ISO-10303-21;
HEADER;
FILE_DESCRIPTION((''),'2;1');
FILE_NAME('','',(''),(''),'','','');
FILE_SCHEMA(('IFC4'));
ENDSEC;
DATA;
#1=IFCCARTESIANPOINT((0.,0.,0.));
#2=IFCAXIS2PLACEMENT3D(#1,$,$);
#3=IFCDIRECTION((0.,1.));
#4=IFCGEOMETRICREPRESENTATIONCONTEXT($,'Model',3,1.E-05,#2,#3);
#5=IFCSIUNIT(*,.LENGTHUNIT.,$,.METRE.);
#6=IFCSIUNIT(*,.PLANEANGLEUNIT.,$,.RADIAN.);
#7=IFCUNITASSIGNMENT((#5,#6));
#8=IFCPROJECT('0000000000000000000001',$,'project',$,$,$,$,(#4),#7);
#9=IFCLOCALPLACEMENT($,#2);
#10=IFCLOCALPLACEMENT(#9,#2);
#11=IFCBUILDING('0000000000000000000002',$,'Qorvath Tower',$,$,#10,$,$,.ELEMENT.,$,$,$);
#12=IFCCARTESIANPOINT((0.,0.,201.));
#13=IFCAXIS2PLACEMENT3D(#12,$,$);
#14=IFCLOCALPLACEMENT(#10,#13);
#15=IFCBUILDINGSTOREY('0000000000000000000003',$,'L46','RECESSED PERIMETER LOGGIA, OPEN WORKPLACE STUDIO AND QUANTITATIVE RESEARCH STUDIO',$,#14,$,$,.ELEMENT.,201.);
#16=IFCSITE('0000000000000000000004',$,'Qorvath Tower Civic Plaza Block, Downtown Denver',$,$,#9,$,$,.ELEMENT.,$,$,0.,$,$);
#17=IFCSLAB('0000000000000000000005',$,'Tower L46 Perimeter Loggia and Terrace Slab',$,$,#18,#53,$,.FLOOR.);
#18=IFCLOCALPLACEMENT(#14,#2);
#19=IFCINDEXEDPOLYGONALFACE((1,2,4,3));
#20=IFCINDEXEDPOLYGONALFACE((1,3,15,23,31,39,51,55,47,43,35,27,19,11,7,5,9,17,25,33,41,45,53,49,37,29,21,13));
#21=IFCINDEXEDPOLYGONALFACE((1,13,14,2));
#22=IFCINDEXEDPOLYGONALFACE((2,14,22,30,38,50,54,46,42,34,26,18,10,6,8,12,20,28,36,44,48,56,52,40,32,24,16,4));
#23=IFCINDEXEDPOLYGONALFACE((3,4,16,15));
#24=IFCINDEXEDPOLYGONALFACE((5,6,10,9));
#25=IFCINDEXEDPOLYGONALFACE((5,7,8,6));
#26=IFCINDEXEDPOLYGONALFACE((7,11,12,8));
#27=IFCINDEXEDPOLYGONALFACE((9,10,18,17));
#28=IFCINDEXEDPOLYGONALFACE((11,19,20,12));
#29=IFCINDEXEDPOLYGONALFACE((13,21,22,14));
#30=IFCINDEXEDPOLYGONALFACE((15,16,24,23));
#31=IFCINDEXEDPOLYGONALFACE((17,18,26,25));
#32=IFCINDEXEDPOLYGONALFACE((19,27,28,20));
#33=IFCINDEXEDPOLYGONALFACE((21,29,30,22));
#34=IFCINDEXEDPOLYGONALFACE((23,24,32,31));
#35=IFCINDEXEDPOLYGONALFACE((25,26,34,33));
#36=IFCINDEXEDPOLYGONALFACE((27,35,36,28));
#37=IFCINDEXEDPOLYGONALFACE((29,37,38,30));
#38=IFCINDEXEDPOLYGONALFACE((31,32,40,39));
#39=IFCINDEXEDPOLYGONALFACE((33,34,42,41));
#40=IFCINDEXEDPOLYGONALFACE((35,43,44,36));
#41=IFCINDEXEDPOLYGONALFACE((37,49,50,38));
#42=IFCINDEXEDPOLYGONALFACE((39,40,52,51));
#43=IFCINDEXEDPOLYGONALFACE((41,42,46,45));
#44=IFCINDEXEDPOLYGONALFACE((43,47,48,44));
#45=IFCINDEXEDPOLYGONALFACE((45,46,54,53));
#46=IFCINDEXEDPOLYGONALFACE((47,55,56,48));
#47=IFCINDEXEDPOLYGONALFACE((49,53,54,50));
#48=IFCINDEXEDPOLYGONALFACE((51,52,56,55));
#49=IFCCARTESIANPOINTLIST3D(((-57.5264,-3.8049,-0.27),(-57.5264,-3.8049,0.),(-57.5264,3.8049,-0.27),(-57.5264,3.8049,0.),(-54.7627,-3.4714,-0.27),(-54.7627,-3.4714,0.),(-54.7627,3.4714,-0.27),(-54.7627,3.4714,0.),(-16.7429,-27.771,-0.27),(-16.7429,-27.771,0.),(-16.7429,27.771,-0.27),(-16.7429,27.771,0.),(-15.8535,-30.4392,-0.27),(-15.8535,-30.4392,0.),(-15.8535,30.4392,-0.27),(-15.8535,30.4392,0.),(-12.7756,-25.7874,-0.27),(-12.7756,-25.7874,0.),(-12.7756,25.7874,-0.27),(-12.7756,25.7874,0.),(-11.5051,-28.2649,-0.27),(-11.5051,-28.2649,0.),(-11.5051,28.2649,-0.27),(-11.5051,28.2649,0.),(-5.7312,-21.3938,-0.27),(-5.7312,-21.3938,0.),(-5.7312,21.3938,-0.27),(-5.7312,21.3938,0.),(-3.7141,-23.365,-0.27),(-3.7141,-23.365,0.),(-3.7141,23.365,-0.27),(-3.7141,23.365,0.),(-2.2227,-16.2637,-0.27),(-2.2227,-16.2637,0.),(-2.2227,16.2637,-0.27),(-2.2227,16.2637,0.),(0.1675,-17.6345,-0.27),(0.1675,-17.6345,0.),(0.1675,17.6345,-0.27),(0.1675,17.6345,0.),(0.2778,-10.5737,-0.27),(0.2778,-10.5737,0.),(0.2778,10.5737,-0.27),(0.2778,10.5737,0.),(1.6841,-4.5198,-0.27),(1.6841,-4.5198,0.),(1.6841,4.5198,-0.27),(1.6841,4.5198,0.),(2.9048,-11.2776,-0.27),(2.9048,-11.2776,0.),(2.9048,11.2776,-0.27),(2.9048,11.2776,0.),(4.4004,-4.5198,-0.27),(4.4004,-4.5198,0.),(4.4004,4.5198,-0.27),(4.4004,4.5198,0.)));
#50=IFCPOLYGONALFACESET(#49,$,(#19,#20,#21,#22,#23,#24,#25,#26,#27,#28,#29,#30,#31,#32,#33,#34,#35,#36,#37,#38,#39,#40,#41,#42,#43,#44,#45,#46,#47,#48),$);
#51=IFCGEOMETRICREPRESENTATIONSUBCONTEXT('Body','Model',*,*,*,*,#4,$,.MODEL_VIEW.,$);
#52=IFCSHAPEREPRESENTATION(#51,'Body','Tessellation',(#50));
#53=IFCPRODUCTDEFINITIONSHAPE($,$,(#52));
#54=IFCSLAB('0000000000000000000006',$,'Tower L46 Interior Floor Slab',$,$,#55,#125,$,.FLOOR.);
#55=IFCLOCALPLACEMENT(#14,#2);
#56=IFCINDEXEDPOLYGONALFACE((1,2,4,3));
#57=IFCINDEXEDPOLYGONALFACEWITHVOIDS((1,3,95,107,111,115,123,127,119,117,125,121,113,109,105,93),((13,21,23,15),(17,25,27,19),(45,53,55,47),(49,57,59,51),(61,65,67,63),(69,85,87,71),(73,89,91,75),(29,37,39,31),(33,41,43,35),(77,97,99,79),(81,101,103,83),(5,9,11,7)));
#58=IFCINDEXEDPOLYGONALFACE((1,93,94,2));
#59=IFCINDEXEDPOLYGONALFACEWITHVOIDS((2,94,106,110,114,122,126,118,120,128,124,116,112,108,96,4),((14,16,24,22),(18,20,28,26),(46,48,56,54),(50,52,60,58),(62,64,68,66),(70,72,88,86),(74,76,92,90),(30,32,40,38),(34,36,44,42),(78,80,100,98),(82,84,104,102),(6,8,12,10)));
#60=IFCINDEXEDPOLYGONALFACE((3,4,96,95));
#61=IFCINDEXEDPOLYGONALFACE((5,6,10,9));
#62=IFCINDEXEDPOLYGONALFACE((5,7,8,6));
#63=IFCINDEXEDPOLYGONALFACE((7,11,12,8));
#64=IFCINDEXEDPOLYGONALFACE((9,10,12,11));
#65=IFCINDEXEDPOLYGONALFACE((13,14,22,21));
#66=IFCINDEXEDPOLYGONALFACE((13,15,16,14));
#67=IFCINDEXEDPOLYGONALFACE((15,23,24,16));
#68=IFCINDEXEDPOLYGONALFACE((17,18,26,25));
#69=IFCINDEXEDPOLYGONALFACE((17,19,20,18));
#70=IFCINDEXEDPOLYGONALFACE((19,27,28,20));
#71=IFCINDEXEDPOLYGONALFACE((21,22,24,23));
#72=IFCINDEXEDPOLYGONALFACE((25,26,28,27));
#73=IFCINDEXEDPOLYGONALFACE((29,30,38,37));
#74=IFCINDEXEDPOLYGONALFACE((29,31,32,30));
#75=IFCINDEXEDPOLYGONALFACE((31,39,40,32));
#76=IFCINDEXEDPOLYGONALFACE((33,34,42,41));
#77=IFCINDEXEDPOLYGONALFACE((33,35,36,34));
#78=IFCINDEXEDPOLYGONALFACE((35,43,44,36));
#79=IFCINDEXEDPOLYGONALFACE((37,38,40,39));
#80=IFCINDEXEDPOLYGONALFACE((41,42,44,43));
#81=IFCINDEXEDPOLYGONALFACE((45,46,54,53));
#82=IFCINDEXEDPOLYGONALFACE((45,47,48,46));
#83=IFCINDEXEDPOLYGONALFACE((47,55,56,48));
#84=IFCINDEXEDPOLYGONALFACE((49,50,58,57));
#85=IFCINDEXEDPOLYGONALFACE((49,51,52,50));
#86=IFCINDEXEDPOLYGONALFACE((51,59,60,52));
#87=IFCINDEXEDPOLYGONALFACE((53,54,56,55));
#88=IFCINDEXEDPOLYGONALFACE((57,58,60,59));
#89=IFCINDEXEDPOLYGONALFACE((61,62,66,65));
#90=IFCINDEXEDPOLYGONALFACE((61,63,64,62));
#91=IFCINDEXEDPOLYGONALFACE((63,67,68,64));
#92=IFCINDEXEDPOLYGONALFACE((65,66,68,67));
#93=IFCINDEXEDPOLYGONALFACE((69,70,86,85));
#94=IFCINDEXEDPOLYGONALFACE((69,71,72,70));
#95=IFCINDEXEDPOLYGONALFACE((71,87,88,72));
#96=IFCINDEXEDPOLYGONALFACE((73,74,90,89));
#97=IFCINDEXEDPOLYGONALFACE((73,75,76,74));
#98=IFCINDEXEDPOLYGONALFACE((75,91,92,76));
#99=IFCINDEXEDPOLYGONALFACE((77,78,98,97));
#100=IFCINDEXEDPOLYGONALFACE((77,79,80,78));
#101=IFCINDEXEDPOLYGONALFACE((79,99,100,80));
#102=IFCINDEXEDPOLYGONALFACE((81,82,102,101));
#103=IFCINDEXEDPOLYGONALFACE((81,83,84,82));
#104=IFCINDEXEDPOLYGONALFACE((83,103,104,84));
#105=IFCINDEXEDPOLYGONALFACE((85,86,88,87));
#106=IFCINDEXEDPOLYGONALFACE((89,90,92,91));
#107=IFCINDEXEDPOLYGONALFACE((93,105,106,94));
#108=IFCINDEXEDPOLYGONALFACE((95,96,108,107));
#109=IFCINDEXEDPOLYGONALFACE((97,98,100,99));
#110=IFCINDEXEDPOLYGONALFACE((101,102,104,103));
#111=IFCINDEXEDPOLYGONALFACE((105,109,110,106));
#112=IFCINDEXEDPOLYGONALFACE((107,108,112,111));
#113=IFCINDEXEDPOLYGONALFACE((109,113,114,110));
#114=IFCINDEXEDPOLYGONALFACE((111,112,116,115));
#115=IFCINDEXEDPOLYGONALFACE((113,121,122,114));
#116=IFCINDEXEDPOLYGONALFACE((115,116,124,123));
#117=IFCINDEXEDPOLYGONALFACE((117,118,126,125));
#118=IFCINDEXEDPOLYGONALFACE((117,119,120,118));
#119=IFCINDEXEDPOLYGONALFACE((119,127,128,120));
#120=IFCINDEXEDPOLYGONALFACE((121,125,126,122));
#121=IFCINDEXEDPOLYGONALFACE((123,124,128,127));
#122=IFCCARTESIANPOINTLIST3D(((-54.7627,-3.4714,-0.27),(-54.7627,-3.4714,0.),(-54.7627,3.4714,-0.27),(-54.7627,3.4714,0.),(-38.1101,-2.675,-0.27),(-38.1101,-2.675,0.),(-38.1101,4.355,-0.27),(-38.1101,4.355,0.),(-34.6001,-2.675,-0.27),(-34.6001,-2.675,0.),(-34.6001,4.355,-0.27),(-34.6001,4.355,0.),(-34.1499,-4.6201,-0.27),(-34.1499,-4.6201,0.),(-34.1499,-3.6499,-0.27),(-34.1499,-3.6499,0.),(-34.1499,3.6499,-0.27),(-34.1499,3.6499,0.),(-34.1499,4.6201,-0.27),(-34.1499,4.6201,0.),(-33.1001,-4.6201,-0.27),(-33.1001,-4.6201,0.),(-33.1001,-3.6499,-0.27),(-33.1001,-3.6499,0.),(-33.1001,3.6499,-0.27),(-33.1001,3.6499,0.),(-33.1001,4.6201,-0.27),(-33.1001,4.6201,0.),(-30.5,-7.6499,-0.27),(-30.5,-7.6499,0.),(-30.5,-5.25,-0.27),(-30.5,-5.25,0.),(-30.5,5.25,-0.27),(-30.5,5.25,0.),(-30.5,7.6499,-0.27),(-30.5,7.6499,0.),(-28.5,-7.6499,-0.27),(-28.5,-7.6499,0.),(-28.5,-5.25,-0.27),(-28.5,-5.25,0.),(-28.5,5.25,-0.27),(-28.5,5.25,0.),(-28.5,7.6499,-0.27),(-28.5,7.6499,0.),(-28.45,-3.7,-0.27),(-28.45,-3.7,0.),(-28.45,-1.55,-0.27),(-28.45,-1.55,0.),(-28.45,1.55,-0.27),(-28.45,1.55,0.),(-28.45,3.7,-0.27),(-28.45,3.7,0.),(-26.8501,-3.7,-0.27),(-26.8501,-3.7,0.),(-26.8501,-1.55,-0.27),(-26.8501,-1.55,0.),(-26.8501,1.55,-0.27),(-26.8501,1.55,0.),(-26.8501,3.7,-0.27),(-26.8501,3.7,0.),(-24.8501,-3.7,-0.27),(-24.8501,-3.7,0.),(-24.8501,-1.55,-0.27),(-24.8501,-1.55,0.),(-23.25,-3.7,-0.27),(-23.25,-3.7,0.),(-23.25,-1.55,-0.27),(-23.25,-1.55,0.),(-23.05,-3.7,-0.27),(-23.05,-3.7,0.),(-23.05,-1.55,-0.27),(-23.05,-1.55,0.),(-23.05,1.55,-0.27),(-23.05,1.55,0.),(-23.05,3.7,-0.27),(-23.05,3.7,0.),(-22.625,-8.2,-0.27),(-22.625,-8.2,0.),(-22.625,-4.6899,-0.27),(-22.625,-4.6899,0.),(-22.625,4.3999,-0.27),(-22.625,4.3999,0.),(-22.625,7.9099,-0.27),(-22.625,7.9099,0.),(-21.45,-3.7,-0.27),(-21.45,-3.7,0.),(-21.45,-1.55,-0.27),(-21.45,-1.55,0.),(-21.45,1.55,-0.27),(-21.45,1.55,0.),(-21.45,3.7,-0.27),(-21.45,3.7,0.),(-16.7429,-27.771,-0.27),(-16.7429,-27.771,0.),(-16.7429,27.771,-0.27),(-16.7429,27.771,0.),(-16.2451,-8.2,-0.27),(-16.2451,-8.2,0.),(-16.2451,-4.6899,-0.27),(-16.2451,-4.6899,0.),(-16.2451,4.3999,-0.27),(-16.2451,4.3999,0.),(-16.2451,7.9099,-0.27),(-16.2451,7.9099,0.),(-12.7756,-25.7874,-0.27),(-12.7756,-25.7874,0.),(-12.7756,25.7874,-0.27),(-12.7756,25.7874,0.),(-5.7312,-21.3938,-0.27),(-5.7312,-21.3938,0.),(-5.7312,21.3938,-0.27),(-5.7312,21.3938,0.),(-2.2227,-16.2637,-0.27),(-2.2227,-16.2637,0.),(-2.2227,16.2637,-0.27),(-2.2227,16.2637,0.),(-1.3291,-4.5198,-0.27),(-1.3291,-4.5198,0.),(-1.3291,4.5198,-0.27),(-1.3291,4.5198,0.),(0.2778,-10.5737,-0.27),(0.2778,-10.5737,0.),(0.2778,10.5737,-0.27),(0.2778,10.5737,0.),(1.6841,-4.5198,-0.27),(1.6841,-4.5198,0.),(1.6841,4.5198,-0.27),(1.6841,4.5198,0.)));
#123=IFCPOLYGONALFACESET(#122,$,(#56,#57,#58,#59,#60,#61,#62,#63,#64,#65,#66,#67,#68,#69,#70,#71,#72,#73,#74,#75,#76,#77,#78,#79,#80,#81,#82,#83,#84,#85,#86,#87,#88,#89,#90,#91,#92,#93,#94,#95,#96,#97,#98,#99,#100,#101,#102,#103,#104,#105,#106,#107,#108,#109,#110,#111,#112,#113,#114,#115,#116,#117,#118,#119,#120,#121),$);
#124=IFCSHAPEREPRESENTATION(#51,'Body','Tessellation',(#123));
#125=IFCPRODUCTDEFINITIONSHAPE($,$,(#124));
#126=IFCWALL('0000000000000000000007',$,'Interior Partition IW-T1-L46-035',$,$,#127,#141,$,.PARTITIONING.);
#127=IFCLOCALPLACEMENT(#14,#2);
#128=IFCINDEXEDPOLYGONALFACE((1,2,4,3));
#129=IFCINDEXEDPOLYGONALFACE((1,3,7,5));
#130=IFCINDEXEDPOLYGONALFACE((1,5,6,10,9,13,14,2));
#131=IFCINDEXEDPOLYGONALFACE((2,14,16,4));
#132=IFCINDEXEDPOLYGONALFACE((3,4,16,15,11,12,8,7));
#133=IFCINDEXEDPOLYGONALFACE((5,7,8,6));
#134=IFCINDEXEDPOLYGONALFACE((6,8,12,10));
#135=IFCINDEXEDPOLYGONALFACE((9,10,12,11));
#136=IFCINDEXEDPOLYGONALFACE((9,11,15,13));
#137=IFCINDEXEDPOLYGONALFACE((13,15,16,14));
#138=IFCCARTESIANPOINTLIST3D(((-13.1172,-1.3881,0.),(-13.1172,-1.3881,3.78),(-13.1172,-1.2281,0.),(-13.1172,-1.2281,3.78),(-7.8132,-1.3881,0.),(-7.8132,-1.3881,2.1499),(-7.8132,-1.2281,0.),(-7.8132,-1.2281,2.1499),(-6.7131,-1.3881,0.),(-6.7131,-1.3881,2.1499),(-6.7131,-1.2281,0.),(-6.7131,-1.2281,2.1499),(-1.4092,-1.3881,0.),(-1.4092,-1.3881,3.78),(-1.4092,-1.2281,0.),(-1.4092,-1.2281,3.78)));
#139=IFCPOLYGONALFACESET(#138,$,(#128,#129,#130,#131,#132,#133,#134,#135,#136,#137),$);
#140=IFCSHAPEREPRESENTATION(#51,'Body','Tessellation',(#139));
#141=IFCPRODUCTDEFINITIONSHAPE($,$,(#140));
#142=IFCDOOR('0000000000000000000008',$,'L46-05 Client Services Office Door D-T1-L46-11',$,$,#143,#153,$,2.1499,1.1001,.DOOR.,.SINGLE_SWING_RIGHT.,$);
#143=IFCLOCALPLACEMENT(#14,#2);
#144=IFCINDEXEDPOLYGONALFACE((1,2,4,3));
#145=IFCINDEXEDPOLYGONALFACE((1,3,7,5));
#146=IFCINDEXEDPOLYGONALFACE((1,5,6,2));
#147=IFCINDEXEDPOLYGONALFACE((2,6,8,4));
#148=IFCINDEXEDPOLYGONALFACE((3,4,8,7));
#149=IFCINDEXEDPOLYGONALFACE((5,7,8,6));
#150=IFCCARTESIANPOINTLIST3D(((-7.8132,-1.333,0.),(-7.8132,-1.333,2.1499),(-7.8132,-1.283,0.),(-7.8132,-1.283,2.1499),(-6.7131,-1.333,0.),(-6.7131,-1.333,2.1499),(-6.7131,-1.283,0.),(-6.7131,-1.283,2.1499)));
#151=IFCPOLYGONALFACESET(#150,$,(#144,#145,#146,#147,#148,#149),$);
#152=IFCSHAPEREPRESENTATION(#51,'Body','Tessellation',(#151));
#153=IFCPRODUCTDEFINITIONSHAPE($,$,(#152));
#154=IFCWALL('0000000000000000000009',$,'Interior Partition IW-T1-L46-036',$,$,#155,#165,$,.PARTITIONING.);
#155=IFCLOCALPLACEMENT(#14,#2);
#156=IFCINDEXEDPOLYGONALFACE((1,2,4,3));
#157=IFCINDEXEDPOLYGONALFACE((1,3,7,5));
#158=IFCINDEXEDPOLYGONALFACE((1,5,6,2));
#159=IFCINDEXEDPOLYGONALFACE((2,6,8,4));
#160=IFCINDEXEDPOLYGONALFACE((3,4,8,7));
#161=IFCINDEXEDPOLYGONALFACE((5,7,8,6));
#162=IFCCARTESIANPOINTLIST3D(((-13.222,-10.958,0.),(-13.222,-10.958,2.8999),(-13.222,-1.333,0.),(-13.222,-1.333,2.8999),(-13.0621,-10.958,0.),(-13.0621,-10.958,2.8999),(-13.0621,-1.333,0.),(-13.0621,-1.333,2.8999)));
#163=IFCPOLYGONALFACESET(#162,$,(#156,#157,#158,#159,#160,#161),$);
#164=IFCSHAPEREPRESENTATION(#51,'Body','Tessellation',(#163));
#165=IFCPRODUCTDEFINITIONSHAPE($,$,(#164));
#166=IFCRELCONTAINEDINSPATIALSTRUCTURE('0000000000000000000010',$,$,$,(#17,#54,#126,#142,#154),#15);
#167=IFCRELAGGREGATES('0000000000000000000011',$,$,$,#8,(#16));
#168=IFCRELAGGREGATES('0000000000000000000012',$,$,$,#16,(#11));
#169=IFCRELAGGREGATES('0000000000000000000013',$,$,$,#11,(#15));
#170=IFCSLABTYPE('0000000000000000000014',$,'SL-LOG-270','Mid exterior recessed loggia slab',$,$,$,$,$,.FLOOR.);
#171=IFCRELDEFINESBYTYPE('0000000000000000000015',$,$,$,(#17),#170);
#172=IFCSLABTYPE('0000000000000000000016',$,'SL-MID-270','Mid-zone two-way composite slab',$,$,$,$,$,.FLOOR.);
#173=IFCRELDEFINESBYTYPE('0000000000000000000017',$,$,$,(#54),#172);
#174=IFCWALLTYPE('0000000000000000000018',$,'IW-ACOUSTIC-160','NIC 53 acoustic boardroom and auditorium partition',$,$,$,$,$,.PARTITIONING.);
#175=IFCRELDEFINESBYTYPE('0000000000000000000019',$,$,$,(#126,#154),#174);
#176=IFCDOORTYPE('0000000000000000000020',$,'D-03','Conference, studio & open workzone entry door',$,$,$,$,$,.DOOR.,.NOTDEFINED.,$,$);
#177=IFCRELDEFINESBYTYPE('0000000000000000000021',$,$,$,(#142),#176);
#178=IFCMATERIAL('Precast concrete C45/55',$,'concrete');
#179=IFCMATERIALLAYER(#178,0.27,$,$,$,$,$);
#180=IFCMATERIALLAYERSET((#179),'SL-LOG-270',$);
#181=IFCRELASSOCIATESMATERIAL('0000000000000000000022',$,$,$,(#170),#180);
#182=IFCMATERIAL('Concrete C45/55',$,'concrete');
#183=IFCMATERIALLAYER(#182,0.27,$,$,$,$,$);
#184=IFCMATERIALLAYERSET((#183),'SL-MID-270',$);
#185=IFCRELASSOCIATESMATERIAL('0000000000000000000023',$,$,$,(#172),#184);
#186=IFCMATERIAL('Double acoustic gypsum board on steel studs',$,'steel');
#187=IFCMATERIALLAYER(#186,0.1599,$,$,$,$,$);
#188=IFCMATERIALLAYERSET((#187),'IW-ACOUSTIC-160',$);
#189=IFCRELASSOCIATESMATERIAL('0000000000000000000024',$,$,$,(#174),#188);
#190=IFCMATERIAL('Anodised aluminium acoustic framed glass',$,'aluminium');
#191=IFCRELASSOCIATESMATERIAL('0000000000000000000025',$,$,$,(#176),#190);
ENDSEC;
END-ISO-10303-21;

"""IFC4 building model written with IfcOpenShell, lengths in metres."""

from ifc_helpers import new_model, si_unit, direction, frame, frame_2d, origin, place, context, subcontext, project, spatial, polyline, rectangle, outline, extrude, material, layer, layer_set, type_object, element, fill, save


model = new_model("IFC4")

# Units and contexts
model_context = context("Model", 3, precision=1e-05, world=origin(), true_north=direction((0.0, 1.0)))
body_context = subcontext(model_context, "Body", "Model", "MODEL_VIEW")
ifc_project = project(units=[si_unit("LENGTHUNIT", "METRE"), si_unit("PLANEANGLEUNIT", "RADIAN")], contexts=[model_context])

# Site, building, storey
site_placement = place(None, origin())
site = spatial("IfcSite", under=ifc_project, at=site_placement, Name="Qorvath Tower Civic Plaza Block, Downtown Denver", CompositionType="ELEMENT", RefElevation=0.0)
building_placement = place(site_placement, origin())
building = spatial("IfcBuilding", under=site, at=building_placement, Name="Qorvath Tower", CompositionType="ELEMENT")
storey_placement = place(building_placement, frame((0.0, 0.0, 201.0)))
storey = spatial("IfcBuildingStorey", under=building, at=storey_placement, Name="L46", Description="RECESSED PERIMETER LOGGIA, OPEN WORKPLACE STUDIO AND QUANTITATIVE RESEARCH STUDIO", CompositionType="ELEMENT", Elevation=201.0)

# Slabs
ifc_material_1 = material(Name="Precast concrete C45/55", Category="concrete")
ifc_layer_1 = layer(ifc_material_1, 0.27)
ifc_layer_set_1 = layer_set([ifc_layer_1], Name="SL-LOG-270")
slab_type_1 = type_object("IfcSlabType", Name="SL-LOG-270", Description="Mid exterior recessed loggia slab", PredefinedType="FLOOR", material=ifc_layer_set_1)
slab_1_placement = place(storey_placement, frame((0.0, 0.0, -0.27)))
element("IfcSlab", 1, at=slab_1_placement, inside=storey, type_object=slab_type_1, Name="Tower L46 Perimeter Loggia and Terrace Slab", PredefinedType="FLOOR", context=body_context, shape_type="SweptSolid", body=[
    extrude(outline(polyline([(1.6841, -4.5198), (0.2778, -10.5737), (-2.2227, -16.2637), (-5.7312, -21.3938), (-12.7756, -25.7874), (-16.7429, -27.771), (-54.7627, -3.4714), (-54.7627, 3.4714), (-16.7429, 27.771), (-12.7756, 25.7874), (-5.7312, 21.3938), (-2.2227, 16.2637), (0.2778, 10.5737), (1.6841, 4.5198), (4.4004, 4.5198), (2.9048, 11.2776), (0.1675, 17.6345), (-3.7141, 23.365), (-11.5051, 28.2649), (-15.8535, 30.4392), (-57.5264, 3.8049), (-57.5264, -3.8049), (-15.8535, -30.4392), (-11.5051, -28.2649), (-3.7141, -23.365), (0.1675, -17.6345), (2.9048, -11.2776), (4.4004, -4.5198), (1.6841, -4.5198)])), origin(), (0.0, 0.0, 1.0), 0.27),
])
ifc_material_2 = material(Name="Concrete C45/55", Category="concrete")
ifc_layer_2 = layer(ifc_material_2, 0.27)
ifc_layer_set_2 = layer_set([ifc_layer_2], Name="SL-MID-270")
slab_type_2 = type_object("IfcSlabType", Name="SL-MID-270", Description="Mid-zone two-way composite slab", PredefinedType="FLOOR", material=ifc_layer_set_2)
slab_2_placement = place(storey_placement, frame((0.0, 0.0, -0.27)))
element("IfcSlab", 2, at=slab_2_placement, inside=storey, type_object=slab_type_2, Name="Tower L46 Interior Floor Slab", PredefinedType="FLOOR", context=body_context, shape_type="SweptSolid", body=[
    extrude(outline(polyline([(-54.7627, 3.4714), (-54.7627, -3.4714), (-16.7429, -27.771), (-12.7756, -25.7874), (-5.7312, -21.3938), (-2.2227, -16.2637), (0.2778, -10.5737), (1.6841, -4.5198), (-1.3291, -4.5198), (-1.3291, 4.5198), (1.6841, 4.5198), (0.2778, 10.5737), (-2.2227, 16.2637), (-5.7312, 21.3938), (-12.7756, 25.7874), (-16.7429, 27.771), (-54.7627, 3.4714)]), holes=[polyline([(-16.2451, -8.2), (-22.625, -8.2), (-22.625, -4.6899), (-16.2451, -4.6899), (-16.2451, -8.2)]), polyline([(-22.625, 4.3999), (-22.625, 7.9099), (-16.2451, 7.9099), (-16.2451, 4.3999), (-22.625, 4.3999)]), polyline([(-21.45, -3.7), (-23.05, -3.7), (-23.05, -1.55), (-21.45, -1.55), (-21.45, -3.7)]), polyline([(-23.05, 1.55), (-23.05, 3.7), (-21.45, 3.7), (-21.45, 1.55), (-23.05, 1.55)]), polyline([(-24.8501, -3.7), (-24.8501, -1.55), (-23.25, -1.55), (-23.25, -3.7), (-24.8501, -3.7)]), polyline([(-28.45, -3.7), (-28.45, -1.55), (-26.8501, -1.55), (-26.8501, -3.7), (-28.45, -3.7)]), polyline([(-26.8501, 1.55), (-28.45, 1.55), (-28.45, 3.7), (-26.8501, 3.7), (-26.8501, 1.55)]), polyline([(-28.5, -7.6499), (-30.5, -7.6499), (-30.5, -5.25), (-28.5, -5.25), (-28.5, -7.6499)]), polyline([(-30.5, 5.25), (-30.5, 7.6499), (-28.5, 7.6499), (-28.5, 5.25), (-30.5, 5.25)]), polyline([(-34.1499, -4.6201), (-34.1499, -3.6499), (-33.1001, -3.6499), (-33.1001, -4.6201), (-34.1499, -4.6201)]), polyline([(-34.1499, 3.6499), (-34.1499, 4.6201), (-33.1001, 4.6201), (-33.1001, 3.6499), (-34.1499, 3.6499)]), polyline([(-34.6001, -2.675), (-38.1101, -2.675), (-38.1101, 4.355), (-34.6001, 4.355), (-34.6001, -2.675)])]), origin(), (0.0, 0.0, 1.0), 0.27),
])

# Wall, opening, door
ifc_material_3 = material(Name="Double acoustic gypsum board on steel studs", Category="steel")
ifc_layer_3 = layer(ifc_material_3, 0.1599)
ifc_layer_set_3 = layer_set([ifc_layer_3], Name="IW-ACOUSTIC-160")
wall_type_1 = type_object("IfcWallType", Name="IW-ACOUSTIC-160", Description="NIC 53 acoustic boardroom and auditorium partition", PredefinedType="PARTITIONING", material=ifc_layer_set_3)
wall_1_placement = place(storey_placement, frame((-1.4092, -1.3081, 0.0), z_axis=(0.0, 0.0, 1.0), x_axis=(-1.0, 0.0, 0.0)))
wall_1 = element("IfcWall", 3, at=wall_1_placement, inside=storey, type_object=wall_type_1, Name="Interior Partition IW-T1-L46-035", PredefinedType="PARTITIONING", context=body_context, shape_type="SweptSolid", body=[
    extrude(rectangle(XDim=11.708, YDim=0.1599, at=frame_2d((5.854, 0.0))), origin(), (0.0, 0.0, 1.0), 3.78),
])
opening_1_placement = place(wall_1_placement, frame((5.304, 0.0, 0.0)))
opening_1 = element("IfcOpeningElement", 4, at=opening_1_placement, cuts=wall_1, PredefinedType="OPENING", context=body_context, shape_type="SweptSolid", body=[
    extrude(rectangle(XDim=1.1001, YDim=2.1499, at=frame_2d((0.55, 1.075))), frame((0.0, 0.0898, 0.0), z_axis=(0.0, -1.0, 0.0), x_axis=(1.0, 0.0, 0.0)), (0.0, 0.0, 1.0), 0.1799),
])
ifc_material_4 = material(Name="Anodised aluminium acoustic framed glass", Category="aluminium")
door_type_1 = type_object("IfcDoorType", Name="D-03", Description="Conference, studio & open workzone entry door", OperationType="NOTDEFINED", PredefinedType="DOOR", material=ifc_material_4)
door_1_placement = place(opening_1_placement, origin())
door_1 = element("IfcDoor", 5, at=door_1_placement, inside=storey, type_object=door_type_1, Name="L46-05 Client Services Office Door D-T1-L46-11", OperationType="SINGLE_SWING_RIGHT", OverallHeight=2.1499, OverallWidth=1.1001, PredefinedType="DOOR", context=body_context, shape_type="SweptSolid", body=[
    extrude(rectangle(XDim=1.1001, YDim=2.1499, at=frame_2d((0.55, 1.075))), frame((0.0, 0.0249, 0.0), z_axis=(0.0, -1.0, 0.0), x_axis=(1.0, 0.0, 0.0)), (0.0, 0.0, 1.0), 0.05),
])
fill(opening_1, door_1)

# Wall
wall_2_placement = place(storey_placement, frame((-13.1421, -1.333, 0.0), z_axis=(0.0, 0.0, 1.0), x_axis=(0.0, -1.0, 0.0)))
element("IfcWall", 6, at=wall_2_placement, inside=storey, type_object=wall_type_1, Name="Interior Partition IW-T1-L46-036", PredefinedType="PARTITIONING", context=body_context, shape_type="SweptSolid", body=[
    extrude(rectangle(XDim=9.625, YDim=0.1599, at=frame_2d((4.8125, 0.0))), origin(), (0.0, 0.0, 1.0), 2.8999),
])

save(model, "model.ifc")
